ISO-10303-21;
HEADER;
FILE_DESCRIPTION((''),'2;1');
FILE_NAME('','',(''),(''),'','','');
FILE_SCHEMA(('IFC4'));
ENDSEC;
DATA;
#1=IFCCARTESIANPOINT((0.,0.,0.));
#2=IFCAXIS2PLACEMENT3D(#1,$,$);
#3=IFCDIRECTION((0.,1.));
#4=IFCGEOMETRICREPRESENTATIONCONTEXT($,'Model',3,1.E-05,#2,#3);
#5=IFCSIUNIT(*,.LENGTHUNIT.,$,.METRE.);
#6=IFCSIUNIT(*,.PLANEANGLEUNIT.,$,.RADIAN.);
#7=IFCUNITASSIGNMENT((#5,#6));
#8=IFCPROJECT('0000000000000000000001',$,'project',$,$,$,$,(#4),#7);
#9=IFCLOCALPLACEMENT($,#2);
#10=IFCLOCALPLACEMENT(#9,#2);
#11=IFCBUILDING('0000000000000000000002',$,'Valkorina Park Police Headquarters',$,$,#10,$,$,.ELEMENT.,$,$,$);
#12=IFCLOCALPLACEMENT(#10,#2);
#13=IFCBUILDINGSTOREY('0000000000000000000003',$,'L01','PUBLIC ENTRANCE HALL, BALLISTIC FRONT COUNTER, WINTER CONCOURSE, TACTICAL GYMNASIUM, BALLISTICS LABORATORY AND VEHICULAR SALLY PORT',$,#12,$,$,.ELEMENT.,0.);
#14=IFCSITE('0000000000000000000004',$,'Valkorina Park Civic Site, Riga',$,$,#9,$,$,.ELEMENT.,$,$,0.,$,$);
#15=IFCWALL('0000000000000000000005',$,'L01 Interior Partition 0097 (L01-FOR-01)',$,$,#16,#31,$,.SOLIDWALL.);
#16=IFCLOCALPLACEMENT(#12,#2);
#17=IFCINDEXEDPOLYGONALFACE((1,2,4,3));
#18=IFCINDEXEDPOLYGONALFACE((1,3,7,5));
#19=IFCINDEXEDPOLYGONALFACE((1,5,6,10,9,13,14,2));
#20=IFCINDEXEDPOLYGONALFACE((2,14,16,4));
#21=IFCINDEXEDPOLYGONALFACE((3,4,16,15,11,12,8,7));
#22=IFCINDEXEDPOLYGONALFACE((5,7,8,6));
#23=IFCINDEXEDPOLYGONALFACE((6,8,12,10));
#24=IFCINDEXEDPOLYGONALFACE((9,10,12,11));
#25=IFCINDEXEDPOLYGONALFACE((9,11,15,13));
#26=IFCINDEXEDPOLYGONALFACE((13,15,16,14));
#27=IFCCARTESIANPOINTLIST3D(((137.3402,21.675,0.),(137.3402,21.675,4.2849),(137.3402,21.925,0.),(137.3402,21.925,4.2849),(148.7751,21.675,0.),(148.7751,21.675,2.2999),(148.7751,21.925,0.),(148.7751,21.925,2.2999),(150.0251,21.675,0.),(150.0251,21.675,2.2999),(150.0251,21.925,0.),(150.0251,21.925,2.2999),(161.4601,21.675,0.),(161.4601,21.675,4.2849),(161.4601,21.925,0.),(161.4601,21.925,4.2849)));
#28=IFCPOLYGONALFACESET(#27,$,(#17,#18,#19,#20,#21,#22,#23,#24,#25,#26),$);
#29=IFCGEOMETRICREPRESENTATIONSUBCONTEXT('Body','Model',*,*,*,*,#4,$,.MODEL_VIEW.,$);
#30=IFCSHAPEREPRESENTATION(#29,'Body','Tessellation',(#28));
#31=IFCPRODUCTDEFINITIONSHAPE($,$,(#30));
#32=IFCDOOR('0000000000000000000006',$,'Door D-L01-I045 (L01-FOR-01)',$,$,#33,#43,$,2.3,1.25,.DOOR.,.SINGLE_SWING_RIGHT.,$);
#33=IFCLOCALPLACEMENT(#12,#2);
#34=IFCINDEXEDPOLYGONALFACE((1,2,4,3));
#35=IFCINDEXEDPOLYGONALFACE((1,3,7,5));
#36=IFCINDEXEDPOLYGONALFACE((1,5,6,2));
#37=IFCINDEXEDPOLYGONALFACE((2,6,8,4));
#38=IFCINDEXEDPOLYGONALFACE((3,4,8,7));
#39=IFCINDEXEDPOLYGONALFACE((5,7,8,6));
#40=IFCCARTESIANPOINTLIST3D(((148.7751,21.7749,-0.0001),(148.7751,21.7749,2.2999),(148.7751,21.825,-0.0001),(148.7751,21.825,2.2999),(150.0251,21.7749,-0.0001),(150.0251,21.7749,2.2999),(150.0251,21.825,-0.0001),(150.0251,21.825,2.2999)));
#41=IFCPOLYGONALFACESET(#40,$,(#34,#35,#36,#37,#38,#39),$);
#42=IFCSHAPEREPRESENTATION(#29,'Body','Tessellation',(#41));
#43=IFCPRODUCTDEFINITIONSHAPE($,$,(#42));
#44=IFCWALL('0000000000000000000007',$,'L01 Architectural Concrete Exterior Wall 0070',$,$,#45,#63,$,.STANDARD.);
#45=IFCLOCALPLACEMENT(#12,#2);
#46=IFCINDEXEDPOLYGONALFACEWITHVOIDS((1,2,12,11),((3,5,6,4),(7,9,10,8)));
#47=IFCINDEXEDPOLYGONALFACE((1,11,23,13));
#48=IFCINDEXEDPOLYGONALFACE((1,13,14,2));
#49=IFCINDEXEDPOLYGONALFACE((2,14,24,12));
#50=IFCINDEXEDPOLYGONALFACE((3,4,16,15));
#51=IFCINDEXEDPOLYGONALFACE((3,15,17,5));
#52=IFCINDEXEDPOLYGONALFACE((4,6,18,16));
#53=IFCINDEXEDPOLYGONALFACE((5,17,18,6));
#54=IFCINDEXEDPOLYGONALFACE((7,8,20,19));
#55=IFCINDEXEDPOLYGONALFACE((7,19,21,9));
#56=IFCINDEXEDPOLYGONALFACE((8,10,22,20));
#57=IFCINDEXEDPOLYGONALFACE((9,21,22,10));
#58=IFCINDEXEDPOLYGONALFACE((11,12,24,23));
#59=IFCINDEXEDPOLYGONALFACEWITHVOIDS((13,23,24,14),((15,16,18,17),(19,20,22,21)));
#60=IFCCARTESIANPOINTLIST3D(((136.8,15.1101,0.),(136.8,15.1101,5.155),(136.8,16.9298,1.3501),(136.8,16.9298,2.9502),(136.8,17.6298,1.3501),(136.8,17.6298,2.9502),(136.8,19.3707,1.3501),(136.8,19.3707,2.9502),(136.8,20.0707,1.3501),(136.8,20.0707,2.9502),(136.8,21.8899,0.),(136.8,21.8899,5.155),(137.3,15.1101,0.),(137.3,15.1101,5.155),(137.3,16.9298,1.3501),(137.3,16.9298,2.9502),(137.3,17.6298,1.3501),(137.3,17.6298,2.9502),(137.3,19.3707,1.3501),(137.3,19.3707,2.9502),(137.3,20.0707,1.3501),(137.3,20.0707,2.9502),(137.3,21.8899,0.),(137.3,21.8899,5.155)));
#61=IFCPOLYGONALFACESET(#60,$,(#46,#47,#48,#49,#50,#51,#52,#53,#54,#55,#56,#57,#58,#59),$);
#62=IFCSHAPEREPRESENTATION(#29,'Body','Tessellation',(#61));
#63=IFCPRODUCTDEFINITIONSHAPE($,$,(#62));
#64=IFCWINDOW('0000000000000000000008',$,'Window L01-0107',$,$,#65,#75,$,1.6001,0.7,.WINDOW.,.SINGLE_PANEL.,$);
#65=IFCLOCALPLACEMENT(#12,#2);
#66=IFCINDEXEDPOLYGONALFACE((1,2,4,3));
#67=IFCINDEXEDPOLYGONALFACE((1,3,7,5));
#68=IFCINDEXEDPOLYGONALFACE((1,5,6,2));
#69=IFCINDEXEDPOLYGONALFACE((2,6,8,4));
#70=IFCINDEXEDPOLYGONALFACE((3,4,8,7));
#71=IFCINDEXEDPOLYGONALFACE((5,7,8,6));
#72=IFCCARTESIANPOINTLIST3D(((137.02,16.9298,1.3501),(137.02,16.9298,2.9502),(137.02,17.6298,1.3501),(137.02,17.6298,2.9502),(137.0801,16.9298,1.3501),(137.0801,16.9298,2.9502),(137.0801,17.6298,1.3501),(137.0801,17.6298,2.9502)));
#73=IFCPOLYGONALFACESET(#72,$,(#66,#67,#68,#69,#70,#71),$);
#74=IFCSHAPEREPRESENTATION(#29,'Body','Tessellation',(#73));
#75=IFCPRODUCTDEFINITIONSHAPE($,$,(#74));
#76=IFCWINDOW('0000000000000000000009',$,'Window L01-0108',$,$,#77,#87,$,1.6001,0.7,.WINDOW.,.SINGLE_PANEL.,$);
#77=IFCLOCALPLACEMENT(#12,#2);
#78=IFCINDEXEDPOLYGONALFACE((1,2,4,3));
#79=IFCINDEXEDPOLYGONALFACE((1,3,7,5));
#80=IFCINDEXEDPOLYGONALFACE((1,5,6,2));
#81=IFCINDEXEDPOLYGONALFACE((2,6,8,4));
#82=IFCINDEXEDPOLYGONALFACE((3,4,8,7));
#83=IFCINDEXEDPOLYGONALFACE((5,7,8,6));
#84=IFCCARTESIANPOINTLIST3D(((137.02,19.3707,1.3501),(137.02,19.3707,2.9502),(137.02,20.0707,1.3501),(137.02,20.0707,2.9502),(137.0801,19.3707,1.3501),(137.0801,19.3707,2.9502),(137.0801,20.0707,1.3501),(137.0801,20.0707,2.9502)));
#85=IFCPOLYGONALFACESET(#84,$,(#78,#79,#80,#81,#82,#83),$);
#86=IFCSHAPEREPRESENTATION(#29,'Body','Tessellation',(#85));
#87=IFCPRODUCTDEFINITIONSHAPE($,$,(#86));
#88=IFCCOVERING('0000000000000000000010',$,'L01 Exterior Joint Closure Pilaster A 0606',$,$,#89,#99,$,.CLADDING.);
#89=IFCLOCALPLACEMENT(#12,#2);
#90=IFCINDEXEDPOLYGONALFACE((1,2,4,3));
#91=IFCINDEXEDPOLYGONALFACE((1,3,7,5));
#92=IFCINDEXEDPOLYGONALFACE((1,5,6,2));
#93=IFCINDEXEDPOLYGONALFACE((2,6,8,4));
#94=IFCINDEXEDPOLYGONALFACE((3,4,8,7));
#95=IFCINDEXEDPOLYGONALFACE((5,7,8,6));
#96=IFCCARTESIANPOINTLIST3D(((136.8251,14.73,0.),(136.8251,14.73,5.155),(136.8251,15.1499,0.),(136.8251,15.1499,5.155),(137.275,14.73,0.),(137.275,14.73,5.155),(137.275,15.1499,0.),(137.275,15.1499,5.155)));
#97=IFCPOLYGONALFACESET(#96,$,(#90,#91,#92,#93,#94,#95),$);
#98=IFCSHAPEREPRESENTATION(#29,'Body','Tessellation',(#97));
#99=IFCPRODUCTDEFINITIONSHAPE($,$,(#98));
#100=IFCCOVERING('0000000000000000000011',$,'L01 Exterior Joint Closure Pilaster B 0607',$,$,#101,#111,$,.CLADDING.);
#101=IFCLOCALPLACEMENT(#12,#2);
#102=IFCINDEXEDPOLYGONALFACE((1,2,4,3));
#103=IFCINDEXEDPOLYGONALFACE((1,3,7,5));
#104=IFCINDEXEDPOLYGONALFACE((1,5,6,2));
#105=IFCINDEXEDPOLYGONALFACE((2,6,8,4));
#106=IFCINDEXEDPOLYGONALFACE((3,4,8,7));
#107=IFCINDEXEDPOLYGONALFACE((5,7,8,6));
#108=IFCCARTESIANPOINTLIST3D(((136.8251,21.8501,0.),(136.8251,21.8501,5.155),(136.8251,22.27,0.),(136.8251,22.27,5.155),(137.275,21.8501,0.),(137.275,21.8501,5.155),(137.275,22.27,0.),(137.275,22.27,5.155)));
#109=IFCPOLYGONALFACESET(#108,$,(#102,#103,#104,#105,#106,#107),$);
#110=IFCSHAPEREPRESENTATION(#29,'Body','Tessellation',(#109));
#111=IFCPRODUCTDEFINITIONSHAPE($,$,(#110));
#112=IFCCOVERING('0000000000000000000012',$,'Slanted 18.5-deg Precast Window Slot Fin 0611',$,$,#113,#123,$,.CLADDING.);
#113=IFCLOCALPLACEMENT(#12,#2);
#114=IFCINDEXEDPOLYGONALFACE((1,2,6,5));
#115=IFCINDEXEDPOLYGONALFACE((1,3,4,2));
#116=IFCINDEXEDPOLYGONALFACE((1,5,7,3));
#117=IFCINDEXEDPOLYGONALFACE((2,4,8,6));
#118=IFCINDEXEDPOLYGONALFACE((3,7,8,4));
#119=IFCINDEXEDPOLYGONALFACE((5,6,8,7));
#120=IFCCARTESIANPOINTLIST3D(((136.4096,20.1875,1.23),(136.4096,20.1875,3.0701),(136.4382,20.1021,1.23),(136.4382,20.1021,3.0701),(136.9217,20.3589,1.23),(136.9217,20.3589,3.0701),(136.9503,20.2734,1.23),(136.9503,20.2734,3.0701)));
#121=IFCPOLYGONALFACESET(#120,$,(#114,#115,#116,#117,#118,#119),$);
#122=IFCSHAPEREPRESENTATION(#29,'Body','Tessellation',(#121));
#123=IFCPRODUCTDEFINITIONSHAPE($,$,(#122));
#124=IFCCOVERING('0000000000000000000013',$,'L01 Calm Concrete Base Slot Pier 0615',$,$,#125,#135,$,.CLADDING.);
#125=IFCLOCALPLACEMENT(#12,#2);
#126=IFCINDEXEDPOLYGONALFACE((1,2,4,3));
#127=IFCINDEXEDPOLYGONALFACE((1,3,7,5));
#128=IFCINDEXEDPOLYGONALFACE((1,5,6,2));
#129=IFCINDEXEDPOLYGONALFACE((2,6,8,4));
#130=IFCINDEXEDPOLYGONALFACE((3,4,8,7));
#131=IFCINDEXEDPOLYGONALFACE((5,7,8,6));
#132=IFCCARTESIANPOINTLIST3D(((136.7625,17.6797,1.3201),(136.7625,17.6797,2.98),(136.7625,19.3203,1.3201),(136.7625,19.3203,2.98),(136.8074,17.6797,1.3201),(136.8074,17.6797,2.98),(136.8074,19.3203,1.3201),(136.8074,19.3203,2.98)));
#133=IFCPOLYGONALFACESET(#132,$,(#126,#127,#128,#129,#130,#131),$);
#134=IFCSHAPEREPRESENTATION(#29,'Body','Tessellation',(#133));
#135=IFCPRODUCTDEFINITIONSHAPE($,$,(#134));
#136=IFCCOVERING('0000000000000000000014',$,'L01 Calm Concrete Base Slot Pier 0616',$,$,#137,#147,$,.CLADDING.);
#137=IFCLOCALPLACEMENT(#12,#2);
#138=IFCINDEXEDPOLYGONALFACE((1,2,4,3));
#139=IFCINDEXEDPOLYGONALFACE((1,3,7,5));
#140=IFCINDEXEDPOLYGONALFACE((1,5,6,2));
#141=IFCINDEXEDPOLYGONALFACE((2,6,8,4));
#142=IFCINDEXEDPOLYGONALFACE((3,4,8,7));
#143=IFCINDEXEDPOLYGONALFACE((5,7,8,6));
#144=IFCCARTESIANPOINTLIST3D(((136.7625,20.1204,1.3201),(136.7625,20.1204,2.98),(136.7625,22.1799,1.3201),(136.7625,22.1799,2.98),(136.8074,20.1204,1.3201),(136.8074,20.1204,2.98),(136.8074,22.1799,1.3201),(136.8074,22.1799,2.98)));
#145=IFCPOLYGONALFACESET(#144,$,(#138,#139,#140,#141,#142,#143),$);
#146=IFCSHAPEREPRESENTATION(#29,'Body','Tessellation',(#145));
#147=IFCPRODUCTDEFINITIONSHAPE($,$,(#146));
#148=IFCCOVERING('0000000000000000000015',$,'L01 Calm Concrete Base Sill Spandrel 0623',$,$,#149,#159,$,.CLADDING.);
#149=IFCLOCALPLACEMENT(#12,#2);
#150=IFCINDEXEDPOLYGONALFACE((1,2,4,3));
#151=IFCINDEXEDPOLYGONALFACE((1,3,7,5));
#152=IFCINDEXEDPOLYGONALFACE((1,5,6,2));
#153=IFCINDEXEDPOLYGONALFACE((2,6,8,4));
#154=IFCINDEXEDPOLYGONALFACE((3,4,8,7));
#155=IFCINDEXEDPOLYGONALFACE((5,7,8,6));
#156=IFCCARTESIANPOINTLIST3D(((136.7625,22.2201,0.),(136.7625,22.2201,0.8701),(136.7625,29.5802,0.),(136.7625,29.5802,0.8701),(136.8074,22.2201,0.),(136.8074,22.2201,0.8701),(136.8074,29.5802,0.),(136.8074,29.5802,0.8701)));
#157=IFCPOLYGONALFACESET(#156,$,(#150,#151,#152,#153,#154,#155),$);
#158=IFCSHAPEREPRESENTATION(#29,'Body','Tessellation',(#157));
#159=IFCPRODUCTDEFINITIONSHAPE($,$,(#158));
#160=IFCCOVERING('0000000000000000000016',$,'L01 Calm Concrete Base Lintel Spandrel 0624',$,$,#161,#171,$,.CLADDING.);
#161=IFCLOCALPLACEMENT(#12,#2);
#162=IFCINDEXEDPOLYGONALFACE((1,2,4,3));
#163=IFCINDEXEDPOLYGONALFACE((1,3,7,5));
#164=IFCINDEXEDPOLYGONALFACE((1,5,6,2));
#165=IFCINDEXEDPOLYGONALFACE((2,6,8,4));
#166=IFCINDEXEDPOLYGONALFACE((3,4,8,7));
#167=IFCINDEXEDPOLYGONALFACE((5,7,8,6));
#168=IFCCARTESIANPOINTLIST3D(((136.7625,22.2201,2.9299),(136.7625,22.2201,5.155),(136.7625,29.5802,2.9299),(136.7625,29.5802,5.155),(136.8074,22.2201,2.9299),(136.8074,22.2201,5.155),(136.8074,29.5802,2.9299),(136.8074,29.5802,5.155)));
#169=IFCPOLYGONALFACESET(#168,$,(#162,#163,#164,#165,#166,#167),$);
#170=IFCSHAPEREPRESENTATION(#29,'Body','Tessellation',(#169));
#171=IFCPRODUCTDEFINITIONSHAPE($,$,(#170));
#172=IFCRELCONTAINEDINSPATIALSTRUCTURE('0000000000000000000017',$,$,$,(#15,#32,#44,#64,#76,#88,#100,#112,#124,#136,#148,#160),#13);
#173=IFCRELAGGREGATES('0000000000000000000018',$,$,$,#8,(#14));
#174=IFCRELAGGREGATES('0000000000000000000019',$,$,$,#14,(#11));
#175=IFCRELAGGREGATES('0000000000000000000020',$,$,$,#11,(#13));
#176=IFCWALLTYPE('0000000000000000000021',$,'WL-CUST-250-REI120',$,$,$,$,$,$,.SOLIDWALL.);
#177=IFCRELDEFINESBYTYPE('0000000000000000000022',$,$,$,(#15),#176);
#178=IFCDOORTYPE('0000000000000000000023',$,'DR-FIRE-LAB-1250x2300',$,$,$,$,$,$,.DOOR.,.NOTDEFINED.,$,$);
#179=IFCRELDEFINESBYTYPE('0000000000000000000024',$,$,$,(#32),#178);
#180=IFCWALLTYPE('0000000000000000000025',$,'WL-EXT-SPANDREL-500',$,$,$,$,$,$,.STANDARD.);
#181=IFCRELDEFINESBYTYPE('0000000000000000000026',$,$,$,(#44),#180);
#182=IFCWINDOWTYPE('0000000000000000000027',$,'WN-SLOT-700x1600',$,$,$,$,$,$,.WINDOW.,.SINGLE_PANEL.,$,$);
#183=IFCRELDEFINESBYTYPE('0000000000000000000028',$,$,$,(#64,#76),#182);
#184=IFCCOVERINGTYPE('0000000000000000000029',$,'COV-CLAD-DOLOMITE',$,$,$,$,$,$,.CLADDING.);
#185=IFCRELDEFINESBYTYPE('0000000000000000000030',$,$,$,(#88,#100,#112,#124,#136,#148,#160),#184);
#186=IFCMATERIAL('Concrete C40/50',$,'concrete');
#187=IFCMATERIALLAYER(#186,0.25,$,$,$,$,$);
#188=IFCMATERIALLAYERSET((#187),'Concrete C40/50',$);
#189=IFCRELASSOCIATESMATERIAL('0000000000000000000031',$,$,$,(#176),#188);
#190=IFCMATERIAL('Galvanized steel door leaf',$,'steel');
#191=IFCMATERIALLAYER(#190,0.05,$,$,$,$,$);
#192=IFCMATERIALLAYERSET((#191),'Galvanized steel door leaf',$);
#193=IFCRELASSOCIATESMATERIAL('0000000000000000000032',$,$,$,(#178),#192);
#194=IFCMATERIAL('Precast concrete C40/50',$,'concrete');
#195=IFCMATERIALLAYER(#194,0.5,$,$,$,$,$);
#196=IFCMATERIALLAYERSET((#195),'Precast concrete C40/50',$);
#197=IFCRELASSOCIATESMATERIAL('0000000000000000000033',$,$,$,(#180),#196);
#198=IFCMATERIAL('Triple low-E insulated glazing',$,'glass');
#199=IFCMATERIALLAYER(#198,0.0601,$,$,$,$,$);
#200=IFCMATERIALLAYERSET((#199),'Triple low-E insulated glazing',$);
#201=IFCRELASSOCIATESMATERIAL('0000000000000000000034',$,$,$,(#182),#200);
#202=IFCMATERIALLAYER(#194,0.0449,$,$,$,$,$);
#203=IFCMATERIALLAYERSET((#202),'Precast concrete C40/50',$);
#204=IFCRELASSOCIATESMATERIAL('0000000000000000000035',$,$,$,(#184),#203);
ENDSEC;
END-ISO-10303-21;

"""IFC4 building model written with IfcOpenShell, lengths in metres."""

from ifc_helpers import new_model, si_unit, direction, frame, frame_2d, origin, origin_2d, place, context, subcontext, project, spatial, rectangle, extrude, material, layer, layer_set, type_object, element, fill, save


model = new_model("IFC4")

# Units and contexts
model_context = context("Model", 3, precision=1e-05, world=origin(), true_north=direction((0.0, 1.0)))
body_context = subcontext(model_context, "Body", "Model", "MODEL_VIEW")
ifc_project = project(units=[si_unit("LENGTHUNIT", "METRE"), si_unit("PLANEANGLEUNIT", "RADIAN")], contexts=[model_context])

# Site, building, storey
site_placement = place(None, origin())
site = spatial("IfcSite", under=ifc_project, at=site_placement, Name="Valkorina Park Civic Site, Riga", CompositionType="ELEMENT", RefElevation=0.0)
building_placement = place(site_placement, origin())
building = spatial("IfcBuilding", under=site, at=building_placement, Name="Valkorina Park Police Headquarters", CompositionType="ELEMENT")
storey_placement = place(building_placement, origin())
storey = spatial("IfcBuildingStorey", under=building, at=storey_placement, Name="L01", Description="PUBLIC ENTRANCE HALL, BALLISTIC FRONT COUNTER, WINTER CONCOURSE, TACTICAL GYMNASIUM, BALLISTICS LABORATORY AND VEHICULAR SALLY PORT", CompositionType="ELEMENT", Elevation=0.0)

# Shared definitions
ifc_material_1 = material(Name="Concrete C40/50", Category="concrete")

# Wall, opening, door
ifc_layer_1 = layer(ifc_material_1, 0.25)
ifc_layer_set_1 = layer_set([ifc_layer_1], Name="Concrete C40/50")
wall_type_1 = type_object("IfcWallType", Name="WL-CUST-250-REI120", PredefinedType="SOLIDWALL", material=ifc_layer_set_1)
wall_1_placement = place(storey_placement, frame((137.3401, 21.8, 0.0), z_axis=(0.0, 0.0, 1.0), x_axis=(1.0, 0.0, 0.0)))
wall_1 = element("IfcWall", 1, at=wall_1_placement, inside=storey, type_object=wall_type_1, Name="L01 Interior Partition 0097 (L01-FOR-01)", PredefinedType="SOLIDWALL", context=body_context, shape_type="SweptSolid", body=[
    extrude(rectangle(XDim=24.1199, YDim=0.25, at=frame_2d((12.0601, 0.0))), origin(), (0.0, 0.0, 1.0), 4.2849),
])
opening_1_placement = place(wall_1_placement, frame((11.4351, 0.0, 0.0)))
opening_1 = element("IfcOpeningElement", 2, at=opening_1_placement, cuts=wall_1, PredefinedType="OPENING", context=body_context, shape_type="SweptSolid", body=[
    extrude(rectangle(XDim=1.25, YDim=2.3, at=frame_2d((0.625, 1.1499))), frame((0.0, 0.135, 0.0), z_axis=(0.0, -1.0, 0.0), x_axis=(1.0, 0.0, 0.0)), (0.0, 0.0, 1.0), 0.27),
])
ifc_material_2 = material(Name="Galvanized steel door leaf", Category="steel")
ifc_layer_2 = layer(ifc_material_2, 0.05)
ifc_layer_set_2 = layer_set([ifc_layer_2], Name="Galvanized steel door leaf")
door_type = type_object("IfcDoorType", Name="DR-FIRE-LAB-1250x2300", OperationType="NOTDEFINED", PredefinedType="DOOR", material=ifc_layer_set_2)
door_placement = place(opening_1_placement, origin())
door = element("IfcDoor", 3, at=door_placement, inside=storey, type_object=door_type, Name="Door D-L01-I045 (L01-FOR-01)", OperationType="SINGLE_SWING_RIGHT", OverallHeight=2.3, OverallWidth=1.25, PredefinedType="DOOR", context=body_context, shape_type="SweptSolid", body=[
    extrude(rectangle(XDim=1.25, YDim=2.3, at=frame_2d((0.625, 1.1499))), frame((0.0, 0.0249, 0.0), z_axis=(0.0, -1.0, 0.0), x_axis=(1.0, 0.0, 0.0)), (0.0, 0.0, 1.0), 0.05),
])
fill(opening_1, door)

# Wall, openings, windows
ifc_material_3 = material(Name="Precast concrete C40/50", Category="concrete")
ifc_layer_3 = layer(ifc_material_3, 0.5)
ifc_layer_set_3 = layer_set([ifc_layer_3], Name="Precast concrete C40/50")
wall_type_2 = type_object("IfcWallType", Name="WL-EXT-SPANDREL-500", PredefinedType="STANDARD", material=ifc_layer_set_3)
wall_2_placement = place(storey_placement, frame((137.05, 15.1101, 0.0), z_axis=(0.0, 0.0, 1.0), x_axis=(0.0, 1.0, 0.0)))
wall_2 = element("IfcWall", 4, at=wall_2_placement, inside=storey, type_object=wall_type_2, Name="L01 Architectural Concrete Exterior Wall 0070", PredefinedType="STANDARD", context=body_context, shape_type="SweptSolid", body=[
    extrude(rectangle(XDim=6.7798, YDim=0.5, at=frame_2d((3.3899, 0.0))), origin(), (0.0, 0.0, 1.0), 5.155),
])
opening_2_placement = place(wall_2_placement, frame((1.8196, 0.0, 1.3501)))
opening_2 = element("IfcOpeningElement", 5, at=opening_2_placement, cuts=wall_2, PredefinedType="OPENING", context=body_context, shape_type="SweptSolid", body=[
    extrude(rectangle(XDim=0.7, YDim=1.6001, at=frame_2d((0.3501, 0.8))), frame((0.0, 0.26, 0.0), z_axis=(0.0, -1.0, 0.0), x_axis=(1.0, 0.0, 0.0)), (0.0, 0.0, 1.0), 0.52),
])
opening_3_placement = place(wall_2_placement, frame((4.2605, 0.0, 1.3501)))
opening_3 = element("IfcOpeningElement", 6, at=opening_3_placement, cuts=wall_2, PredefinedType="OPENING", context=body_context, shape_type="SweptSolid", body=[
    extrude(rectangle(XDim=0.7, YDim=1.6001, at=frame_2d((0.3501, 0.8))), frame((0.0, 0.26, 0.0), z_axis=(0.0, -1.0, 0.0), x_axis=(1.0, 0.0, 0.0)), (0.0, 0.0, 1.0), 0.52),
])
ifc_material_4 = material(Name="Triple low-E insulated glazing", Category="glass")
ifc_layer_4 = layer(ifc_material_4, 0.0601)
ifc_layer_set_4 = layer_set([ifc_layer_4], Name="Triple low-E insulated glazing")
window_type = type_object("IfcWindowType", Name="WN-SLOT-700x1600", PartitioningType="SINGLE_PANEL", PredefinedType="WINDOW", material=ifc_layer_set_4)
window_1_placement = place(opening_2_placement, origin())
window_1 = element("IfcWindow", 7, at=window_1_placement, inside=storey, type_object=window_type, Name="Window L01-0107", OverallHeight=1.6001, OverallWidth=0.7, PartitioningType="SINGLE_PANEL", PredefinedType="WINDOW", context=body_context, shape_type="SweptSolid", body=[
    extrude(rectangle(XDim=0.7, YDim=1.6001, at=frame_2d((0.3501, 0.8))), frame((0.0, 0.03, 0.0), z_axis=(0.0, -1.0, 0.0), x_axis=(1.0, 0.0, 0.0)), (0.0, 0.0, 1.0), 0.0601),
])
fill(opening_2, window_1)
window_2_placement = place(opening_3_placement, origin())
window_2 = element("IfcWindow", 8, at=window_2_placement, inside=storey, type_object=window_type, Name="Window L01-0108", OverallHeight=1.6001, OverallWidth=0.7, PartitioningType="SINGLE_PANEL", PredefinedType="WINDOW", context=body_context, shape_type="SweptSolid", body=[
    extrude(rectangle(XDim=0.7, YDim=1.6001, at=frame_2d((0.3501, 0.8))), frame((0.0, 0.03, 0.0), z_axis=(0.0, -1.0, 0.0), x_axis=(1.0, 0.0, 0.0)), (0.0, 0.0, 1.0), 0.0601),
])
fill(opening_3, window_2)

# Coverings
ifc_layer_5 = layer(ifc_material_3, 0.0449)
ifc_layer_set_5 = layer_set([ifc_layer_5], Name="Precast concrete C40/50")
covering_type = type_object("IfcCoveringType", Name="COV-CLAD-DOLOMITE", PredefinedType="CLADDING", material=ifc_layer_set_5)
for number, where, z_axis, x_axis, name in (
    (9, (137.05, 14.9399, 0.0), (0.0, 0.0, 1.0), (0.0, 1.0, 0.0), "L01 Exterior Joint Closure Pilaster A 0606"),
    (10, (137.05, 22.0601, 0.0), (0.0, 0.0, 1.0), (0.0, 1.0, 0.0), "L01 Exterior Joint Closure Pilaster B 0607"),
):
    element("IfcCovering", number, at=place(storey_placement, frame(where, z_axis=z_axis, x_axis=x_axis)), inside=storey, type_object=covering_type, Name=name, PredefinedType="CLADDING", context=body_context, shape_type="SweptSolid", body=[
        extrude(rectangle(XDim=0.4199, YDim=0.45, at=origin_2d()), origin(), (0.0, 0.0, 1.0), 5.155),
    ])
covering_1_placement = place(storey_placement, frame((136.6799, 20.2305, 1.23), z_axis=(0.0, 0.0, 1.0), x_axis=(-0.948324, -0.317305, 0.0)))
element("IfcCovering", 11, at=covering_1_placement, inside=storey, type_object=covering_type, Name="Slanted 18.5-deg Precast Window Slot Fin 0611", PredefinedType="CLADDING", context=body_context, shape_type="SweptSolid", body=[
    extrude(rectangle(XDim=0.54, YDim=0.0901, at=origin_2d()), origin(), (0.0, 0.0, 1.0), 1.8401),
])
covering_2_placement = place(storey_placement, frame((136.7849, 17.6797, 1.3201), z_axis=(0.0, 0.0, 1.0), x_axis=(0.0, 1.0, 0.0)))
element("IfcCovering", 12, at=covering_2_placement, inside=storey, type_object=covering_type, Name="L01 Calm Concrete Base Slot Pier 0615", PredefinedType="CLADDING", context=body_context, shape_type="SweptSolid", body=[
    extrude(rectangle(XDim=1.6406, YDim=0.0449, at=frame_2d((0.8203, 0.0))), origin(), (0.0, 0.0, 1.0), 1.6599),
])
covering_3_placement = place(storey_placement, frame((136.7849, 20.1204, 1.3201), z_axis=(0.0, 0.0, 1.0), x_axis=(0.0, 1.0, 0.0)))
element("IfcCovering", 13, at=covering_3_placement, inside=storey, type_object=covering_type, Name="L01 Calm Concrete Base Slot Pier 0616", PredefinedType="CLADDING", context=body_context, shape_type="SweptSolid", body=[
    extrude(rectangle(XDim=2.0596, YDim=0.0449, at=frame_2d((1.0298, 0.0))), origin(), (0.0, 0.0, 1.0), 1.6599),
])
covering_4_placement = place(storey_placement, frame((136.7849, 22.22, 0.0), z_axis=(0.0, 0.0, 1.0), x_axis=(0.0, 1.0, 0.0)))
element("IfcCovering", 14, at=covering_4_placement, inside=storey, type_object=covering_type, Name="L01 Calm Concrete Base Sill Spandrel 0623", PredefinedType="CLADDING", context=body_context, shape_type="SweptSolid", body=[
    extrude(rectangle(XDim=7.3601, YDim=0.0449, at=frame_2d((3.6802, 0.0))), origin(), (0.0, 0.0, 1.0), 0.8701),
])
covering_5_placement = place(storey_placement, frame((136.7849, 22.22, 2.9299), z_axis=(0.0, 0.0, 1.0), x_axis=(0.0, 1.0, 0.0)))
element("IfcCovering", 15, at=covering_5_placement, inside=storey, type_object=covering_type, Name="L01 Calm Concrete Base Lintel Spandrel 0624", PredefinedType="CLADDING", context=body_context, shape_type="SweptSolid", body=[
    extrude(rectangle(XDim=7.3601, YDim=0.0449, at=frame_2d((3.6802, 0.0))), origin(), (0.0, 0.0, 1.0), 2.2251),
])

save(model, "model.ifc")
